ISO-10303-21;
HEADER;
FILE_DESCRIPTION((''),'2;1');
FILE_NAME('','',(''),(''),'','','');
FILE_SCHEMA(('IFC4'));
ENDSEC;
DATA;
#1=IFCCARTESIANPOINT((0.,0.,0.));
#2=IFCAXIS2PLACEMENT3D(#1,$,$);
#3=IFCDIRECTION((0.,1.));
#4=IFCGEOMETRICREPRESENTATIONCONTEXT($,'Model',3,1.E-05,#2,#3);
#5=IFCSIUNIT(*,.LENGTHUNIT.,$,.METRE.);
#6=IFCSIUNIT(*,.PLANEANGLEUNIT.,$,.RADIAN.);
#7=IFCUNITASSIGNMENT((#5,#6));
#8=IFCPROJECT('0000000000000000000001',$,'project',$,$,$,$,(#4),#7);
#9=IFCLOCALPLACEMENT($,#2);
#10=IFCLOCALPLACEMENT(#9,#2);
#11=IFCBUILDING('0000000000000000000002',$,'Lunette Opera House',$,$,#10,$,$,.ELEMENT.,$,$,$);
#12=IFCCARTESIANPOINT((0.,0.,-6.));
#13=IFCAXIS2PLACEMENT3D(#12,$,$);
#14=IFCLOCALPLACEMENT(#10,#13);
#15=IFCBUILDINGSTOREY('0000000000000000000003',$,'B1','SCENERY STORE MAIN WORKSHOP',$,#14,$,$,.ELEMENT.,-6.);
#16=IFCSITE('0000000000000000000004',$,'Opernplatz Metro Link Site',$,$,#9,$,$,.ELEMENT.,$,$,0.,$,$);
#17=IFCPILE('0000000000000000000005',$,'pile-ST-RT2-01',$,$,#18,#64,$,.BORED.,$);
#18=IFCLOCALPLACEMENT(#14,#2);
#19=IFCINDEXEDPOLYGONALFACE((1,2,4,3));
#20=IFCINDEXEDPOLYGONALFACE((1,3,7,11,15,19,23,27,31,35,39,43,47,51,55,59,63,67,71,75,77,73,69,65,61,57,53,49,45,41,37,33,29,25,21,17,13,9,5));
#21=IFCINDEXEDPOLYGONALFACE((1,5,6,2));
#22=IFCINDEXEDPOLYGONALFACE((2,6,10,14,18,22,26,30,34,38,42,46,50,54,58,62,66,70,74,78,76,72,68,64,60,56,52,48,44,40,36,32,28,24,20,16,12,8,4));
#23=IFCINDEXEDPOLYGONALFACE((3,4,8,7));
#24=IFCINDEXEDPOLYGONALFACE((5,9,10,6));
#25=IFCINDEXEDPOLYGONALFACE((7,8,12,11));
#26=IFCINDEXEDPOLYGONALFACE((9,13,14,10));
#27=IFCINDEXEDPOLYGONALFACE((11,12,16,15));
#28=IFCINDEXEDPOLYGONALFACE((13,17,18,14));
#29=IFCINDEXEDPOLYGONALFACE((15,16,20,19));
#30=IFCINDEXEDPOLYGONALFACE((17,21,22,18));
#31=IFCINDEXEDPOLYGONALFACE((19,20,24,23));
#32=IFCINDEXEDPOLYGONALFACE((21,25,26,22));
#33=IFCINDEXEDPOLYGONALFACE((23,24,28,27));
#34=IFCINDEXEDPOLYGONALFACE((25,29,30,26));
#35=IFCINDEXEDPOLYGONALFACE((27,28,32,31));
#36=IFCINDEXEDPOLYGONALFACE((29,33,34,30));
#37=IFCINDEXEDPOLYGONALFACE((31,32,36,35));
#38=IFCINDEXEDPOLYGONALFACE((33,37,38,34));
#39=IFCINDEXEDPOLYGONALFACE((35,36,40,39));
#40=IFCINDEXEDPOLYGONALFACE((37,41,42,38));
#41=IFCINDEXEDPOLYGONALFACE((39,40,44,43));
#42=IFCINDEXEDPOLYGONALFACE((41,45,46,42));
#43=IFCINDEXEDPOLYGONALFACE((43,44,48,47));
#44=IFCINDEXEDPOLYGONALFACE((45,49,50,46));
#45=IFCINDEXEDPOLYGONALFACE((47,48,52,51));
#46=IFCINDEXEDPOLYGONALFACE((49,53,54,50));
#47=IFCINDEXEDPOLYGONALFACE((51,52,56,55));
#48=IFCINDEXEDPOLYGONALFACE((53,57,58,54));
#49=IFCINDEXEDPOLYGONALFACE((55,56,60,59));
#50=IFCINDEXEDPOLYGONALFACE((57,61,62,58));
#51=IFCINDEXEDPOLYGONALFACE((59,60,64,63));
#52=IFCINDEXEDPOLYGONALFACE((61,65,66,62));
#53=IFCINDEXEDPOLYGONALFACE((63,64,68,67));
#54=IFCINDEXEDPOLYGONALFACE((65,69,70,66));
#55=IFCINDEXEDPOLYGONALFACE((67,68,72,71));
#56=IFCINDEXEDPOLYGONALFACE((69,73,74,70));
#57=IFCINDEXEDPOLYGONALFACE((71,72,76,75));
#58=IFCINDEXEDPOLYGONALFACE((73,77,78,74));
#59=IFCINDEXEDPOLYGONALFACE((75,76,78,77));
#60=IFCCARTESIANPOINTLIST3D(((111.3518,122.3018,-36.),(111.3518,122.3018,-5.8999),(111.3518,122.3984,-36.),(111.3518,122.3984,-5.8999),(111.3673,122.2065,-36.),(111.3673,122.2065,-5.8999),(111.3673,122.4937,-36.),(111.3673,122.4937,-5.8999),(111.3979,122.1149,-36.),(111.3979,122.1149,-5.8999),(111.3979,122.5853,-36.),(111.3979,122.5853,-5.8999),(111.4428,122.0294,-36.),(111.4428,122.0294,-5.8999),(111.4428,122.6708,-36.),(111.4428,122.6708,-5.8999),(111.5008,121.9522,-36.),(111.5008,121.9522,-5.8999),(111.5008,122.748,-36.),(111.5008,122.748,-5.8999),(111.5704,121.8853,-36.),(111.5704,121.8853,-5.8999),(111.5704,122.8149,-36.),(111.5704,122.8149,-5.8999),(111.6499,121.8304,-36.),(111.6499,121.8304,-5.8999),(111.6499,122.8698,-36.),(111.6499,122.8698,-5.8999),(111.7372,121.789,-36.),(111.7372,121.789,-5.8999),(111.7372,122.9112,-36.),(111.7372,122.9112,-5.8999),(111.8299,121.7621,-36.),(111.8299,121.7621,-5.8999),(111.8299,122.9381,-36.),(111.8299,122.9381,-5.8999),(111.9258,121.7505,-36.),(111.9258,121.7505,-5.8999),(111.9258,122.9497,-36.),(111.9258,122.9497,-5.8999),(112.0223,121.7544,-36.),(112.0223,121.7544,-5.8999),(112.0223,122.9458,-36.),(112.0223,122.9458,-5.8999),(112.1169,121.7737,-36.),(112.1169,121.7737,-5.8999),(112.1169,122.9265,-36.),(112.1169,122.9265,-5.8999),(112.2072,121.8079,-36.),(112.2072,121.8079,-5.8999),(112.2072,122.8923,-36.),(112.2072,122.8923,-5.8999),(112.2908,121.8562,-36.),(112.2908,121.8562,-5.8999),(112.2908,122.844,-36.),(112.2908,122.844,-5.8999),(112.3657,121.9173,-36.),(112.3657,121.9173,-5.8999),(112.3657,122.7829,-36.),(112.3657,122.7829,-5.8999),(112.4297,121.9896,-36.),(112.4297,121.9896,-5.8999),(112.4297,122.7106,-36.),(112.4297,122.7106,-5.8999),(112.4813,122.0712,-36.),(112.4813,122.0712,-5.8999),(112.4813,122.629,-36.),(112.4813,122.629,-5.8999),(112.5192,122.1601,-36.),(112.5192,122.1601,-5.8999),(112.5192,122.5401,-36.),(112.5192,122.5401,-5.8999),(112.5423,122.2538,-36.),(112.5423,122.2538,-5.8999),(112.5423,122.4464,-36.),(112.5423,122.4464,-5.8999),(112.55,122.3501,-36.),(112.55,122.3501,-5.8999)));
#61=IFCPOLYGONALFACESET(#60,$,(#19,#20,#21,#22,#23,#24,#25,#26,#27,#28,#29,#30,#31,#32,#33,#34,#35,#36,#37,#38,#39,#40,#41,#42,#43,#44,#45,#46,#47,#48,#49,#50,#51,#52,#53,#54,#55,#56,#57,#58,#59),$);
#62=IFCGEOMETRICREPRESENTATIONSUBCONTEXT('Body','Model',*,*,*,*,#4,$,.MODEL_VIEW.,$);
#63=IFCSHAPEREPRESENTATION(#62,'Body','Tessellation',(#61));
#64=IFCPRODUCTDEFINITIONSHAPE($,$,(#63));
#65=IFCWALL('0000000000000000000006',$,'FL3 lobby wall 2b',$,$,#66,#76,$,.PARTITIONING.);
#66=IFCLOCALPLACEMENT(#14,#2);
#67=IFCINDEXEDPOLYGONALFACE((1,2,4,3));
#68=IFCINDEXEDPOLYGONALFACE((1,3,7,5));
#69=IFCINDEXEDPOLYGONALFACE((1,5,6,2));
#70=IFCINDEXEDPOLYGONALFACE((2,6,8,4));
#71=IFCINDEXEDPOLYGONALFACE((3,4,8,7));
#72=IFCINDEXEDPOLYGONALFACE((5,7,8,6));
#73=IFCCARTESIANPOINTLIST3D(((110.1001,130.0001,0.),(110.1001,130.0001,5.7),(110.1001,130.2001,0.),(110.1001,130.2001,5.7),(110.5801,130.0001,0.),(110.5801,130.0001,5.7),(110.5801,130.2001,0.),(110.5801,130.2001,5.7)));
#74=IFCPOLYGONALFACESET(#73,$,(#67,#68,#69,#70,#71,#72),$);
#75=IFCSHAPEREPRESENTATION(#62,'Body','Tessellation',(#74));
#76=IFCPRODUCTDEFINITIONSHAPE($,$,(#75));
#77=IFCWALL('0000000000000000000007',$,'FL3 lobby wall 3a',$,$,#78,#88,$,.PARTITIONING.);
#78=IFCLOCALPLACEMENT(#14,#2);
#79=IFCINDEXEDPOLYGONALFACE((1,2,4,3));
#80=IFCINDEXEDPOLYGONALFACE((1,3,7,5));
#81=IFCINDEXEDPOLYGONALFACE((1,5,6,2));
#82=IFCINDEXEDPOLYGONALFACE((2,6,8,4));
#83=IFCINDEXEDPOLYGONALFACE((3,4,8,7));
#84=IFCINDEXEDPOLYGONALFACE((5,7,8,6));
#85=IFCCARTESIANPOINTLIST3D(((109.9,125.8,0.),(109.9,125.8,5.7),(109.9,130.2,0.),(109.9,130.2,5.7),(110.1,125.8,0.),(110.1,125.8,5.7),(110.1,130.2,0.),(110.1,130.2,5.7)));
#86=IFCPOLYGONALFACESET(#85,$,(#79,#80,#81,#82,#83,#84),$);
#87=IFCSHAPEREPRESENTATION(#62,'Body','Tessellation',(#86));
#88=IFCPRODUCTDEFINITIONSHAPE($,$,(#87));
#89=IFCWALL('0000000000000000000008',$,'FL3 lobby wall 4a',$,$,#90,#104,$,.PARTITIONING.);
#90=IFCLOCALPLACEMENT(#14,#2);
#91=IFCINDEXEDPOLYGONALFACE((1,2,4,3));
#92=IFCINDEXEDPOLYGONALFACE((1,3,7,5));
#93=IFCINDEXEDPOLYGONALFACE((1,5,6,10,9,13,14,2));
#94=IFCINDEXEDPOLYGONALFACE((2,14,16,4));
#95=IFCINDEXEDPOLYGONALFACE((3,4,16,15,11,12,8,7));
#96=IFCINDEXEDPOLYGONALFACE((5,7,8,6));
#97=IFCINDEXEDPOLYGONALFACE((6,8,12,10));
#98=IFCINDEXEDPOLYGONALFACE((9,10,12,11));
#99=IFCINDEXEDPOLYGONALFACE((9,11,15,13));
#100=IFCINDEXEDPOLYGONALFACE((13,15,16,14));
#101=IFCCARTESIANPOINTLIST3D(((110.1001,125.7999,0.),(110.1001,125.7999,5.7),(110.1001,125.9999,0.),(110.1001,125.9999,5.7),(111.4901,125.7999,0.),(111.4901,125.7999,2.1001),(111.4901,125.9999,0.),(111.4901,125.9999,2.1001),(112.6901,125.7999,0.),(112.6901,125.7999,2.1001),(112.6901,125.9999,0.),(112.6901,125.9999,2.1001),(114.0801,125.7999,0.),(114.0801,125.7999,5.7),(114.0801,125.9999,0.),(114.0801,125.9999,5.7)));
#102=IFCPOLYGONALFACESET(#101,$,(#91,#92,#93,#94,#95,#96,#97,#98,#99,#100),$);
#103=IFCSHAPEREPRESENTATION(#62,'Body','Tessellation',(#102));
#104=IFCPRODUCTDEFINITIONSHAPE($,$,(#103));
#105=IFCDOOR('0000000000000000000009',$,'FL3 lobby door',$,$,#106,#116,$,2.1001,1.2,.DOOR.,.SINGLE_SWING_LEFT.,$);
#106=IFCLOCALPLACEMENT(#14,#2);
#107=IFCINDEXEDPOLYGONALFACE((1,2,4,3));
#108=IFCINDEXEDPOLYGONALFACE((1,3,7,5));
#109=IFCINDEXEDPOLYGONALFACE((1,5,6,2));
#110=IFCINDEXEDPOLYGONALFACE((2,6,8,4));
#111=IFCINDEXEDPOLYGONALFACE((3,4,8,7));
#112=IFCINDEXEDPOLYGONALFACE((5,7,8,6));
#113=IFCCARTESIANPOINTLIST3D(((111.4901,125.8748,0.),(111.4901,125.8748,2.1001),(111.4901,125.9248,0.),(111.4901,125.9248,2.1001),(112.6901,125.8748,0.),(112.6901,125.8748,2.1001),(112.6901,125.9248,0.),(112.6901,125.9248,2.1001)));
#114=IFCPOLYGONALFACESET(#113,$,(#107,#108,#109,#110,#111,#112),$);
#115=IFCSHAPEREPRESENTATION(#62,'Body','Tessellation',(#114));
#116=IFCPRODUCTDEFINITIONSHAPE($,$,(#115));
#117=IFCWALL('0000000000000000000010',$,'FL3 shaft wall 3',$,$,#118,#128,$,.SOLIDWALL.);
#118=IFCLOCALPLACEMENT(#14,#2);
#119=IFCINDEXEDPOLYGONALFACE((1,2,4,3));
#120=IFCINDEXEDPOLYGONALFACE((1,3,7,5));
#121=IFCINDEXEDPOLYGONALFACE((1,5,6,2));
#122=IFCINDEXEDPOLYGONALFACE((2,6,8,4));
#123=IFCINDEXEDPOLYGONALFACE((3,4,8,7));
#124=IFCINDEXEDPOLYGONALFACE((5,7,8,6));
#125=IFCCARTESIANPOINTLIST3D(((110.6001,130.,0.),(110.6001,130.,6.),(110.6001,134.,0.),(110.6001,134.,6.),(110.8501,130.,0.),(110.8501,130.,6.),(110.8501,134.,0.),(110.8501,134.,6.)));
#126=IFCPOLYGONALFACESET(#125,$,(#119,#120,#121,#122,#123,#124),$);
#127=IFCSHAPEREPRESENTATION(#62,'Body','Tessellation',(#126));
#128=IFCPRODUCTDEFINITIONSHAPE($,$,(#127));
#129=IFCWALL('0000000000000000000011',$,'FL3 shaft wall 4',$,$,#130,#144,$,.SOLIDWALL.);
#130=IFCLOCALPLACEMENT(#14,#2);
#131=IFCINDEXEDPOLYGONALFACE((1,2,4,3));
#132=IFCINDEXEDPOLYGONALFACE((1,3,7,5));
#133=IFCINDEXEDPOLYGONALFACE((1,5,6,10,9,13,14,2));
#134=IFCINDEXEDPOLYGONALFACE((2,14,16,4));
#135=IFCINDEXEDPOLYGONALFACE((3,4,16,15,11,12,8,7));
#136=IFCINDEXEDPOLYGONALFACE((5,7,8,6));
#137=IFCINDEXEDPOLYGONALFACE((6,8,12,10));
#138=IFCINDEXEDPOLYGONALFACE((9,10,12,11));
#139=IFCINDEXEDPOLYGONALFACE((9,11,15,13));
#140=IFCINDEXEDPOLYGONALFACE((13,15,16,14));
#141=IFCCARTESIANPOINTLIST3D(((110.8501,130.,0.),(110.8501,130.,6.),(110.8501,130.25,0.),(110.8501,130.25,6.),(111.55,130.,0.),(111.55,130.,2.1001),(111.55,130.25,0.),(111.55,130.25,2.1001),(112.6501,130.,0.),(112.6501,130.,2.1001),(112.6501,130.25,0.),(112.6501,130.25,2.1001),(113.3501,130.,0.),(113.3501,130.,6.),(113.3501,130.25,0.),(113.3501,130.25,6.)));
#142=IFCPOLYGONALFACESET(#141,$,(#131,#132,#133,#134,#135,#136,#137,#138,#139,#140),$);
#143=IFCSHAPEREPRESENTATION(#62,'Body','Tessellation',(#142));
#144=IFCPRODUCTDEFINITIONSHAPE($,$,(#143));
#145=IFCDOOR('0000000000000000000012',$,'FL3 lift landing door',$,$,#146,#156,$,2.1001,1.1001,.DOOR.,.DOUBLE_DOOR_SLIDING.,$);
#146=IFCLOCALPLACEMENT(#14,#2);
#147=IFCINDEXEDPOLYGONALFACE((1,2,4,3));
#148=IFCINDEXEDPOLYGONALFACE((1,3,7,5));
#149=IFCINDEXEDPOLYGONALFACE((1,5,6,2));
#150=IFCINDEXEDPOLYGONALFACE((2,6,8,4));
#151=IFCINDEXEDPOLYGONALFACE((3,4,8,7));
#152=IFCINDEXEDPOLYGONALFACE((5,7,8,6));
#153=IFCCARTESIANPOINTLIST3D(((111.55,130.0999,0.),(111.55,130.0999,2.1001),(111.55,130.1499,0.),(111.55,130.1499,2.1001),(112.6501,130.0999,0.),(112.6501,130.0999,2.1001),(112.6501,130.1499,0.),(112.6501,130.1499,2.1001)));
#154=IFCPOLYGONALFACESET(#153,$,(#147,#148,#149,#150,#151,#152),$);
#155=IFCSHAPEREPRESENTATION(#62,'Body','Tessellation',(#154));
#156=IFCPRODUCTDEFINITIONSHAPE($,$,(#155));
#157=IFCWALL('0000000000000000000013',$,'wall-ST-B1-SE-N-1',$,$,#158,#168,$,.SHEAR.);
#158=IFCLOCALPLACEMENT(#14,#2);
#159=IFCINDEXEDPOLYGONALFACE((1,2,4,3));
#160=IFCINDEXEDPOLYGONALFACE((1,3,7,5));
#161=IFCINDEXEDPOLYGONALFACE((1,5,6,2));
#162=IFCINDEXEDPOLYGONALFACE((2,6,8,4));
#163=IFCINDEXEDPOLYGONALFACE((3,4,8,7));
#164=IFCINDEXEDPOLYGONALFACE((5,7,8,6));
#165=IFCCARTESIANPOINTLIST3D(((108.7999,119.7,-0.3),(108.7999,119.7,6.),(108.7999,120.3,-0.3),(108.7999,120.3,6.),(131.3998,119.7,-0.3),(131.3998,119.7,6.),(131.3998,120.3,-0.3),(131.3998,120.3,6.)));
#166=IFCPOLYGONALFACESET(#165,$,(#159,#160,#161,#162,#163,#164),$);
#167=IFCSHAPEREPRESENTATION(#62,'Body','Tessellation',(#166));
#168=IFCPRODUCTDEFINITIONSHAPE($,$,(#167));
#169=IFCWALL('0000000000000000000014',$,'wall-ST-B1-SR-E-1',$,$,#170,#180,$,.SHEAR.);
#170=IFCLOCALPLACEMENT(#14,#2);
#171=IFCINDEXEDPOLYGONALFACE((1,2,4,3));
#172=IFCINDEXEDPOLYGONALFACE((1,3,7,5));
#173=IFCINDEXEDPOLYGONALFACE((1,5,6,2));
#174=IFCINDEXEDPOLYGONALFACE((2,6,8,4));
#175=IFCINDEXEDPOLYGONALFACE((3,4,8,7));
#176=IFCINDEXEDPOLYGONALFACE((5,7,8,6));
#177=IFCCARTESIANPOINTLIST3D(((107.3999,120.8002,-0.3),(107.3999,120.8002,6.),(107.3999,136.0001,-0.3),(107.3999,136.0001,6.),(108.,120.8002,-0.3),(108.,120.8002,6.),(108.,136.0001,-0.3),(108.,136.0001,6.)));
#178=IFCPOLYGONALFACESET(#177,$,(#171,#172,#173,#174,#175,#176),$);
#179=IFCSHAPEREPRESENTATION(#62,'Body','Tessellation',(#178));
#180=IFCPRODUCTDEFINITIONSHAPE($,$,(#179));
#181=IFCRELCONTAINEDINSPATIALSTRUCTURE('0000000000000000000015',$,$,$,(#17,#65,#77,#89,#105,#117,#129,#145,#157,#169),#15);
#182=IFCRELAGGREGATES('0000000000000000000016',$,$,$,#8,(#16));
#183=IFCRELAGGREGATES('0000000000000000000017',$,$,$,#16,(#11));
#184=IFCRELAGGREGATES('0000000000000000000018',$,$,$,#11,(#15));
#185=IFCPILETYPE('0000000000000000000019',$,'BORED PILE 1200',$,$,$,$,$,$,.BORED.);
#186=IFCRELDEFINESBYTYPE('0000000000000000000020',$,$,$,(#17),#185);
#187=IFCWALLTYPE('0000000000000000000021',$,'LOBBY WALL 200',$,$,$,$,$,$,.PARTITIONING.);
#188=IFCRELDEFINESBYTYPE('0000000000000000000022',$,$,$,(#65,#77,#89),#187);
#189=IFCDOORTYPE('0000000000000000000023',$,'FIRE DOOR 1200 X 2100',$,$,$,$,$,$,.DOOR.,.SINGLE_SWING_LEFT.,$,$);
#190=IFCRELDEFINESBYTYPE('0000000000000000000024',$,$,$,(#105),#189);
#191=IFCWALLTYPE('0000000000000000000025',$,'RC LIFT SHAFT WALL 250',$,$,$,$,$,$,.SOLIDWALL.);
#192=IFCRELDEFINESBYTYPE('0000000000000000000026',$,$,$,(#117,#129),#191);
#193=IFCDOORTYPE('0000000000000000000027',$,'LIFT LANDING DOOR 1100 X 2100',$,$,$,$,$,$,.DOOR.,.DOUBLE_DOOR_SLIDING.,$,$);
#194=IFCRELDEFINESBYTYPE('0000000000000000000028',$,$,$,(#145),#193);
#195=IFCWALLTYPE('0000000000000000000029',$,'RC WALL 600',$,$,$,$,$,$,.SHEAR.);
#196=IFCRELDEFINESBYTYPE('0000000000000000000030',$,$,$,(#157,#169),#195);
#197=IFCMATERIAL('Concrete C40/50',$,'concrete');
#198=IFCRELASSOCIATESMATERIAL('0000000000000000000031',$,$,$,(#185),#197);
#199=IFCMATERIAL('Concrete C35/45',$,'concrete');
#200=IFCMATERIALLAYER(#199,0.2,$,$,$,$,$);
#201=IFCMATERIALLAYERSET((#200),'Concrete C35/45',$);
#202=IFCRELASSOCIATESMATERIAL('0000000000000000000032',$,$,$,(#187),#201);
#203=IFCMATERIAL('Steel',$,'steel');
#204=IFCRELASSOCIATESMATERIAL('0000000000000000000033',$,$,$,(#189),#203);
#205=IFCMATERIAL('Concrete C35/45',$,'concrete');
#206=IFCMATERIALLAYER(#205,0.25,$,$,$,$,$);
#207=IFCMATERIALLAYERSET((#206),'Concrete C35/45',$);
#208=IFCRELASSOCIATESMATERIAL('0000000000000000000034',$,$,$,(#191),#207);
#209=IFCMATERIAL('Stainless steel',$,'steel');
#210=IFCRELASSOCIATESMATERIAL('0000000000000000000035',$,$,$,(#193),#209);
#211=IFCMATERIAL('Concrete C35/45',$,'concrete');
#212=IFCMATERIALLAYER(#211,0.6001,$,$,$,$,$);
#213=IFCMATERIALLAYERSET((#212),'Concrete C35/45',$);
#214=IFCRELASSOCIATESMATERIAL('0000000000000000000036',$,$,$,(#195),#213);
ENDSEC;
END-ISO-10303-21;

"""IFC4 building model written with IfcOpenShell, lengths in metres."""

from ifc_helpers import new_model, si_unit, direction, frame, frame_2d, origin, origin_2d, place, context, subcontext, project, spatial, rectangle, circle, extrude, material, layer, layer_set, material_profile, profile_set, type_object, element, fill, save


model = new_model("IFC4")

# Units and contexts
model_context = context("Model", 3, precision=1e-05, world=origin(), true_north=direction((0.0, 1.0)))
body_context = subcontext(model_context, "Body", "Model", "MODEL_VIEW")
ifc_project = project(units=[si_unit("LENGTHUNIT", "METRE"), si_unit("PLANEANGLEUNIT", "RADIAN")], contexts=[model_context])

# Site, building, storey
site_placement = place(None, origin())
site = spatial("IfcSite", under=ifc_project, at=site_placement, Name="Opernplatz Metro Link Site", CompositionType="ELEMENT", RefElevation=0.0)
building_placement = place(site_placement, origin())
building = spatial("IfcBuilding", under=site, at=building_placement, Name="Lunette Opera House", CompositionType="ELEMENT")
storey_placement = place(building_placement, frame((0.0, 0.0, -6.0)))
storey = spatial("IfcBuildingStorey", under=building, at=storey_placement, Name="B1", Description="SCENERY STORE MAIN WORKSHOP", CompositionType="ELEMENT", Elevation=-6.0)

# Pile
ifc_material_1 = material(Name="Concrete C40/50", Category="concrete")
ifc_material_profile = material_profile(ifc_material_1, circle(Radius=0.6001, at=origin_2d()), Name="BORED PILE 1200")
ifc_profile_set = profile_set([ifc_material_profile], Name="Concrete C40/50")
pile_type = type_object("IfcPileType", Name="BORED PILE 1200", PredefinedType="BORED", material=ifc_profile_set)
for number, where, z_axis, x_axis, name in (
    (1, (111.95, 122.3501, -5.8999), (0.0, 0.0, -1.0), (1.0, 0.0, 0.0), "pile-ST-RT2-01"),
):
    element("IfcPile", number, at=place(storey_placement, frame(where, z_axis=z_axis, x_axis=x_axis)), inside=storey, type_object=pile_type, Name=name, PredefinedType="BORED", context=body_context, shape_type="SweptSolid", body=[
        extrude(circle(Radius=0.6001, at=origin_2d()), origin(), (0.0, 0.0, 1.0), 30.1001),
    ])

# Walls
ifc_material_2 = material(Name="Concrete C35/45", Category="concrete")
ifc_layer_1 = layer(ifc_material_2, 0.2)
ifc_layer_set_1 = layer_set([ifc_layer_1], Name="Concrete C35/45")
wall_type_1 = type_object("IfcWallType", Name="LOBBY WALL 200", PredefinedType="PARTITIONING", material=ifc_layer_set_1)
wall_1_placement = place(storey_placement, frame((110.5801, 130.1001, 0.0), z_axis=(0.0, 0.0, 1.0), x_axis=(-1.0, 0.0, 0.0)))
element("IfcWall", 2, at=wall_1_placement, inside=storey, type_object=wall_type_1, Name="FL3 lobby wall 2b", PredefinedType="PARTITIONING", context=body_context, shape_type="SweptSolid", body=[
    extrude(rectangle(XDim=0.48, YDim=0.2, at=frame_2d((0.24, 0.0))), origin(), (0.0, 0.0, 1.0), 5.7),
])
wall_2_placement = place(storey_placement, frame((110.0, 130.2, 0.0), z_axis=(0.0, 0.0, 1.0), x_axis=(0.0, -1.0, 0.0)))
element("IfcWall", 3, at=wall_2_placement, inside=storey, type_object=wall_type_1, Name="FL3 lobby wall 3a", PredefinedType="PARTITIONING", context=body_context, shape_type="SweptSolid", body=[
    extrude(rectangle(XDim=4.3999, YDim=0.2, at=frame_2d((2.2, 0.0))), origin(), (0.0, 0.0, 1.0), 5.7),
])

# Wall, opening, door
wall_3_placement = place(storey_placement, frame((110.1001, 125.8999, 0.0), z_axis=(0.0, 0.0, 1.0), x_axis=(1.0, 0.0, 0.0)))
wall_3 = element("IfcWall", 4, at=wall_3_placement, inside=storey, type_object=wall_type_1, Name="FL3 lobby wall 4a", PredefinedType="PARTITIONING", context=body_context, shape_type="SweptSolid", body=[
    extrude(rectangle(XDim=3.98, YDim=0.2, at=frame_2d((1.99, 0.0))), origin(), (0.0, 0.0, 1.0), 5.7),
])
opening_1_placement = place(wall_3_placement, frame((1.3899, 0.0, 0.0)))
opening_1 = element("IfcOpeningElement", 5, at=opening_1_placement, cuts=wall_3, PredefinedType="OPENING", context=body_context, shape_type="SweptSolid", body=[
    extrude(rectangle(XDim=1.2, YDim=2.1001, at=frame_2d((0.6001, 1.05))), frame((0.0, 0.1121, 0.0), z_axis=(0.0, -1.0, 0.0), x_axis=(1.0, 0.0, 0.0)), (0.0, 0.0, 1.0), 0.2239),
])
ifc_material_3 = material(Name="Steel", Category="steel")
door_type_1 = type_object("IfcDoorType", Name="FIRE DOOR 1200 X 2100", OperationType="SINGLE_SWING_LEFT", PredefinedType="DOOR", material=ifc_material_3)
door_1_placement = place(opening_1_placement, origin())
door_1 = element("IfcDoor", 6, at=door_1_placement, inside=storey, type_object=door_type_1, Name="FL3 lobby door", OperationType="SINGLE_SWING_LEFT", OverallHeight=2.1001, OverallWidth=1.2, PredefinedType="DOOR", context=body_context, shape_type="SweptSolid", body=[
    extrude(rectangle(XDim=1.2, YDim=2.1001, at=frame_2d((0.6001, 1.05))), frame((0.0, 0.0249, 0.0), z_axis=(0.0, -1.0, 0.0), x_axis=(1.0, 0.0, 0.0)), (0.0, 0.0, 1.0), 0.05),
])
fill(opening_1, door_1)

# Wall
ifc_material_4 = material(Name="Concrete C35/45", Category="concrete")
ifc_layer_2 = layer(ifc_material_4, 0.25)
ifc_layer_set_2 = layer_set([ifc_layer_2], Name="Concrete C35/45")
wall_type_2 = type_object("IfcWallType", Name="RC LIFT SHAFT WALL 250", PredefinedType="SOLIDWALL", material=ifc_layer_set_2)
wall_4_placement = place(storey_placement, frame((110.7251, 134.0, 0.0), z_axis=(0.0, 0.0, 1.0), x_axis=(0.0, -1.0, 0.0)))
element("IfcWall", 7, at=wall_4_placement, inside=storey, type_object=wall_type_2, Name="FL3 shaft wall 3", PredefinedType="SOLIDWALL", context=body_context, shape_type="SweptSolid", body=[
    extrude(rectangle(XDim=4.0, YDim=0.25, at=frame_2d((2.0, 0.0))), origin(), (0.0, 0.0, 1.0), 6.0),
])

# Wall, opening, door
wall_5_placement = place(storey_placement, frame((110.8501, 130.125, 0.0), z_axis=(0.0, 0.0, 1.0), x_axis=(1.0, 0.0, 0.0)))
wall_5 = element("IfcWall", 8, at=wall_5_placement, inside=storey, type_object=wall_type_2, Name="FL3 shaft wall 4", PredefinedType="SOLIDWALL", context=body_context, shape_type="SweptSolid", body=[
    extrude(rectangle(XDim=2.5, YDim=0.25, at=frame_2d((1.25, 0.0))), origin(), (0.0, 0.0, 1.0), 6.0),
])
opening_2_placement = place(wall_5_placement, frame((0.7, 0.0, 0.0)))
opening_2 = element("IfcOpeningElement", 9, at=opening_2_placement, cuts=wall_5, PredefinedType="OPENING", context=body_context, shape_type="SweptSolid", body=[
    extrude(rectangle(XDim=1.1001, YDim=2.1001, at=frame_2d((0.55, 1.05))), frame((0.0, 0.137, 0.0), z_axis=(0.0, -1.0, 0.0), x_axis=(1.0, 0.0, 0.0)), (0.0, 0.0, 1.0), 0.2739),
])
ifc_material_5 = material(Name="Stainless steel", Category="steel")
door_type_2 = type_object("IfcDoorType", Name="LIFT LANDING DOOR 1100 X 2100", OperationType="DOUBLE_DOOR_SLIDING", PredefinedType="DOOR", material=ifc_material_5)
door_2_placement = place(opening_2_placement, origin())
door_2 = element("IfcDoor", 10, at=door_2_placement, inside=storey, type_object=door_type_2, Name="FL3 lift landing door", OperationType="DOUBLE_DOOR_SLIDING", OverallHeight=2.1001, OverallWidth=1.1001, PredefinedType="DOOR", context=body_context, shape_type="SweptSolid", body=[
    extrude(rectangle(XDim=1.1001, YDim=2.1001, at=frame_2d((0.55, 1.05))), frame((0.0, 0.0249, 0.0), z_axis=(0.0, -1.0, 0.0), x_axis=(1.0, 0.0, 0.0)), (0.0, 0.0, 1.0), 0.05),
])
fill(opening_2, door_2)

# Walls
ifc_material_6 = material(Name="Concrete C35/45", Category="concrete")
ifc_layer_3 = layer(ifc_material_6, 0.6001)
ifc_layer_set_3 = layer_set([ifc_layer_3], Name="Concrete C35/45")
wall_type_3 = type_object("IfcWallType", Name="RC WALL 600", PredefinedType="SHEAR", material=ifc_layer_set_3)
wall_6_placement = place(storey_placement, frame((108.8, 120.0, -0.3), z_axis=(0.0, 0.0, 1.0), x_axis=(1.0, 0.0, 0.0)))
element("IfcWall", 11, at=wall_6_placement, inside=storey, type_object=wall_type_3, Name="wall-ST-B1-SE-N-1", PredefinedType="SHEAR", context=body_context, shape_type="SweptSolid", body=[
    extrude(rectangle(XDim=22.5999, YDim=0.6001, at=frame_2d((11.2998, 0.0))), origin(), (0.0, 0.0, 1.0), 6.3),
])
wall_7_placement = place(storey_placement, frame((107.7, 120.8, -0.3), z_axis=(0.0, 0.0, 1.0), x_axis=(0.0, 1.0, 0.0)))
element("IfcWall", 12, at=wall_7_placement, inside=storey, type_object=wall_type_3, Name="wall-ST-B1-SR-E-1", PredefinedType="SHEAR", context=body_context, shape_type="SweptSolid", body=[
    extrude(rectangle(XDim=15.2, YDim=0.6001, at=frame_2d((7.6001, 0.0))), origin(), (0.0, 0.0, 1.0), 6.3),
])

save(model, "model.ifc")
